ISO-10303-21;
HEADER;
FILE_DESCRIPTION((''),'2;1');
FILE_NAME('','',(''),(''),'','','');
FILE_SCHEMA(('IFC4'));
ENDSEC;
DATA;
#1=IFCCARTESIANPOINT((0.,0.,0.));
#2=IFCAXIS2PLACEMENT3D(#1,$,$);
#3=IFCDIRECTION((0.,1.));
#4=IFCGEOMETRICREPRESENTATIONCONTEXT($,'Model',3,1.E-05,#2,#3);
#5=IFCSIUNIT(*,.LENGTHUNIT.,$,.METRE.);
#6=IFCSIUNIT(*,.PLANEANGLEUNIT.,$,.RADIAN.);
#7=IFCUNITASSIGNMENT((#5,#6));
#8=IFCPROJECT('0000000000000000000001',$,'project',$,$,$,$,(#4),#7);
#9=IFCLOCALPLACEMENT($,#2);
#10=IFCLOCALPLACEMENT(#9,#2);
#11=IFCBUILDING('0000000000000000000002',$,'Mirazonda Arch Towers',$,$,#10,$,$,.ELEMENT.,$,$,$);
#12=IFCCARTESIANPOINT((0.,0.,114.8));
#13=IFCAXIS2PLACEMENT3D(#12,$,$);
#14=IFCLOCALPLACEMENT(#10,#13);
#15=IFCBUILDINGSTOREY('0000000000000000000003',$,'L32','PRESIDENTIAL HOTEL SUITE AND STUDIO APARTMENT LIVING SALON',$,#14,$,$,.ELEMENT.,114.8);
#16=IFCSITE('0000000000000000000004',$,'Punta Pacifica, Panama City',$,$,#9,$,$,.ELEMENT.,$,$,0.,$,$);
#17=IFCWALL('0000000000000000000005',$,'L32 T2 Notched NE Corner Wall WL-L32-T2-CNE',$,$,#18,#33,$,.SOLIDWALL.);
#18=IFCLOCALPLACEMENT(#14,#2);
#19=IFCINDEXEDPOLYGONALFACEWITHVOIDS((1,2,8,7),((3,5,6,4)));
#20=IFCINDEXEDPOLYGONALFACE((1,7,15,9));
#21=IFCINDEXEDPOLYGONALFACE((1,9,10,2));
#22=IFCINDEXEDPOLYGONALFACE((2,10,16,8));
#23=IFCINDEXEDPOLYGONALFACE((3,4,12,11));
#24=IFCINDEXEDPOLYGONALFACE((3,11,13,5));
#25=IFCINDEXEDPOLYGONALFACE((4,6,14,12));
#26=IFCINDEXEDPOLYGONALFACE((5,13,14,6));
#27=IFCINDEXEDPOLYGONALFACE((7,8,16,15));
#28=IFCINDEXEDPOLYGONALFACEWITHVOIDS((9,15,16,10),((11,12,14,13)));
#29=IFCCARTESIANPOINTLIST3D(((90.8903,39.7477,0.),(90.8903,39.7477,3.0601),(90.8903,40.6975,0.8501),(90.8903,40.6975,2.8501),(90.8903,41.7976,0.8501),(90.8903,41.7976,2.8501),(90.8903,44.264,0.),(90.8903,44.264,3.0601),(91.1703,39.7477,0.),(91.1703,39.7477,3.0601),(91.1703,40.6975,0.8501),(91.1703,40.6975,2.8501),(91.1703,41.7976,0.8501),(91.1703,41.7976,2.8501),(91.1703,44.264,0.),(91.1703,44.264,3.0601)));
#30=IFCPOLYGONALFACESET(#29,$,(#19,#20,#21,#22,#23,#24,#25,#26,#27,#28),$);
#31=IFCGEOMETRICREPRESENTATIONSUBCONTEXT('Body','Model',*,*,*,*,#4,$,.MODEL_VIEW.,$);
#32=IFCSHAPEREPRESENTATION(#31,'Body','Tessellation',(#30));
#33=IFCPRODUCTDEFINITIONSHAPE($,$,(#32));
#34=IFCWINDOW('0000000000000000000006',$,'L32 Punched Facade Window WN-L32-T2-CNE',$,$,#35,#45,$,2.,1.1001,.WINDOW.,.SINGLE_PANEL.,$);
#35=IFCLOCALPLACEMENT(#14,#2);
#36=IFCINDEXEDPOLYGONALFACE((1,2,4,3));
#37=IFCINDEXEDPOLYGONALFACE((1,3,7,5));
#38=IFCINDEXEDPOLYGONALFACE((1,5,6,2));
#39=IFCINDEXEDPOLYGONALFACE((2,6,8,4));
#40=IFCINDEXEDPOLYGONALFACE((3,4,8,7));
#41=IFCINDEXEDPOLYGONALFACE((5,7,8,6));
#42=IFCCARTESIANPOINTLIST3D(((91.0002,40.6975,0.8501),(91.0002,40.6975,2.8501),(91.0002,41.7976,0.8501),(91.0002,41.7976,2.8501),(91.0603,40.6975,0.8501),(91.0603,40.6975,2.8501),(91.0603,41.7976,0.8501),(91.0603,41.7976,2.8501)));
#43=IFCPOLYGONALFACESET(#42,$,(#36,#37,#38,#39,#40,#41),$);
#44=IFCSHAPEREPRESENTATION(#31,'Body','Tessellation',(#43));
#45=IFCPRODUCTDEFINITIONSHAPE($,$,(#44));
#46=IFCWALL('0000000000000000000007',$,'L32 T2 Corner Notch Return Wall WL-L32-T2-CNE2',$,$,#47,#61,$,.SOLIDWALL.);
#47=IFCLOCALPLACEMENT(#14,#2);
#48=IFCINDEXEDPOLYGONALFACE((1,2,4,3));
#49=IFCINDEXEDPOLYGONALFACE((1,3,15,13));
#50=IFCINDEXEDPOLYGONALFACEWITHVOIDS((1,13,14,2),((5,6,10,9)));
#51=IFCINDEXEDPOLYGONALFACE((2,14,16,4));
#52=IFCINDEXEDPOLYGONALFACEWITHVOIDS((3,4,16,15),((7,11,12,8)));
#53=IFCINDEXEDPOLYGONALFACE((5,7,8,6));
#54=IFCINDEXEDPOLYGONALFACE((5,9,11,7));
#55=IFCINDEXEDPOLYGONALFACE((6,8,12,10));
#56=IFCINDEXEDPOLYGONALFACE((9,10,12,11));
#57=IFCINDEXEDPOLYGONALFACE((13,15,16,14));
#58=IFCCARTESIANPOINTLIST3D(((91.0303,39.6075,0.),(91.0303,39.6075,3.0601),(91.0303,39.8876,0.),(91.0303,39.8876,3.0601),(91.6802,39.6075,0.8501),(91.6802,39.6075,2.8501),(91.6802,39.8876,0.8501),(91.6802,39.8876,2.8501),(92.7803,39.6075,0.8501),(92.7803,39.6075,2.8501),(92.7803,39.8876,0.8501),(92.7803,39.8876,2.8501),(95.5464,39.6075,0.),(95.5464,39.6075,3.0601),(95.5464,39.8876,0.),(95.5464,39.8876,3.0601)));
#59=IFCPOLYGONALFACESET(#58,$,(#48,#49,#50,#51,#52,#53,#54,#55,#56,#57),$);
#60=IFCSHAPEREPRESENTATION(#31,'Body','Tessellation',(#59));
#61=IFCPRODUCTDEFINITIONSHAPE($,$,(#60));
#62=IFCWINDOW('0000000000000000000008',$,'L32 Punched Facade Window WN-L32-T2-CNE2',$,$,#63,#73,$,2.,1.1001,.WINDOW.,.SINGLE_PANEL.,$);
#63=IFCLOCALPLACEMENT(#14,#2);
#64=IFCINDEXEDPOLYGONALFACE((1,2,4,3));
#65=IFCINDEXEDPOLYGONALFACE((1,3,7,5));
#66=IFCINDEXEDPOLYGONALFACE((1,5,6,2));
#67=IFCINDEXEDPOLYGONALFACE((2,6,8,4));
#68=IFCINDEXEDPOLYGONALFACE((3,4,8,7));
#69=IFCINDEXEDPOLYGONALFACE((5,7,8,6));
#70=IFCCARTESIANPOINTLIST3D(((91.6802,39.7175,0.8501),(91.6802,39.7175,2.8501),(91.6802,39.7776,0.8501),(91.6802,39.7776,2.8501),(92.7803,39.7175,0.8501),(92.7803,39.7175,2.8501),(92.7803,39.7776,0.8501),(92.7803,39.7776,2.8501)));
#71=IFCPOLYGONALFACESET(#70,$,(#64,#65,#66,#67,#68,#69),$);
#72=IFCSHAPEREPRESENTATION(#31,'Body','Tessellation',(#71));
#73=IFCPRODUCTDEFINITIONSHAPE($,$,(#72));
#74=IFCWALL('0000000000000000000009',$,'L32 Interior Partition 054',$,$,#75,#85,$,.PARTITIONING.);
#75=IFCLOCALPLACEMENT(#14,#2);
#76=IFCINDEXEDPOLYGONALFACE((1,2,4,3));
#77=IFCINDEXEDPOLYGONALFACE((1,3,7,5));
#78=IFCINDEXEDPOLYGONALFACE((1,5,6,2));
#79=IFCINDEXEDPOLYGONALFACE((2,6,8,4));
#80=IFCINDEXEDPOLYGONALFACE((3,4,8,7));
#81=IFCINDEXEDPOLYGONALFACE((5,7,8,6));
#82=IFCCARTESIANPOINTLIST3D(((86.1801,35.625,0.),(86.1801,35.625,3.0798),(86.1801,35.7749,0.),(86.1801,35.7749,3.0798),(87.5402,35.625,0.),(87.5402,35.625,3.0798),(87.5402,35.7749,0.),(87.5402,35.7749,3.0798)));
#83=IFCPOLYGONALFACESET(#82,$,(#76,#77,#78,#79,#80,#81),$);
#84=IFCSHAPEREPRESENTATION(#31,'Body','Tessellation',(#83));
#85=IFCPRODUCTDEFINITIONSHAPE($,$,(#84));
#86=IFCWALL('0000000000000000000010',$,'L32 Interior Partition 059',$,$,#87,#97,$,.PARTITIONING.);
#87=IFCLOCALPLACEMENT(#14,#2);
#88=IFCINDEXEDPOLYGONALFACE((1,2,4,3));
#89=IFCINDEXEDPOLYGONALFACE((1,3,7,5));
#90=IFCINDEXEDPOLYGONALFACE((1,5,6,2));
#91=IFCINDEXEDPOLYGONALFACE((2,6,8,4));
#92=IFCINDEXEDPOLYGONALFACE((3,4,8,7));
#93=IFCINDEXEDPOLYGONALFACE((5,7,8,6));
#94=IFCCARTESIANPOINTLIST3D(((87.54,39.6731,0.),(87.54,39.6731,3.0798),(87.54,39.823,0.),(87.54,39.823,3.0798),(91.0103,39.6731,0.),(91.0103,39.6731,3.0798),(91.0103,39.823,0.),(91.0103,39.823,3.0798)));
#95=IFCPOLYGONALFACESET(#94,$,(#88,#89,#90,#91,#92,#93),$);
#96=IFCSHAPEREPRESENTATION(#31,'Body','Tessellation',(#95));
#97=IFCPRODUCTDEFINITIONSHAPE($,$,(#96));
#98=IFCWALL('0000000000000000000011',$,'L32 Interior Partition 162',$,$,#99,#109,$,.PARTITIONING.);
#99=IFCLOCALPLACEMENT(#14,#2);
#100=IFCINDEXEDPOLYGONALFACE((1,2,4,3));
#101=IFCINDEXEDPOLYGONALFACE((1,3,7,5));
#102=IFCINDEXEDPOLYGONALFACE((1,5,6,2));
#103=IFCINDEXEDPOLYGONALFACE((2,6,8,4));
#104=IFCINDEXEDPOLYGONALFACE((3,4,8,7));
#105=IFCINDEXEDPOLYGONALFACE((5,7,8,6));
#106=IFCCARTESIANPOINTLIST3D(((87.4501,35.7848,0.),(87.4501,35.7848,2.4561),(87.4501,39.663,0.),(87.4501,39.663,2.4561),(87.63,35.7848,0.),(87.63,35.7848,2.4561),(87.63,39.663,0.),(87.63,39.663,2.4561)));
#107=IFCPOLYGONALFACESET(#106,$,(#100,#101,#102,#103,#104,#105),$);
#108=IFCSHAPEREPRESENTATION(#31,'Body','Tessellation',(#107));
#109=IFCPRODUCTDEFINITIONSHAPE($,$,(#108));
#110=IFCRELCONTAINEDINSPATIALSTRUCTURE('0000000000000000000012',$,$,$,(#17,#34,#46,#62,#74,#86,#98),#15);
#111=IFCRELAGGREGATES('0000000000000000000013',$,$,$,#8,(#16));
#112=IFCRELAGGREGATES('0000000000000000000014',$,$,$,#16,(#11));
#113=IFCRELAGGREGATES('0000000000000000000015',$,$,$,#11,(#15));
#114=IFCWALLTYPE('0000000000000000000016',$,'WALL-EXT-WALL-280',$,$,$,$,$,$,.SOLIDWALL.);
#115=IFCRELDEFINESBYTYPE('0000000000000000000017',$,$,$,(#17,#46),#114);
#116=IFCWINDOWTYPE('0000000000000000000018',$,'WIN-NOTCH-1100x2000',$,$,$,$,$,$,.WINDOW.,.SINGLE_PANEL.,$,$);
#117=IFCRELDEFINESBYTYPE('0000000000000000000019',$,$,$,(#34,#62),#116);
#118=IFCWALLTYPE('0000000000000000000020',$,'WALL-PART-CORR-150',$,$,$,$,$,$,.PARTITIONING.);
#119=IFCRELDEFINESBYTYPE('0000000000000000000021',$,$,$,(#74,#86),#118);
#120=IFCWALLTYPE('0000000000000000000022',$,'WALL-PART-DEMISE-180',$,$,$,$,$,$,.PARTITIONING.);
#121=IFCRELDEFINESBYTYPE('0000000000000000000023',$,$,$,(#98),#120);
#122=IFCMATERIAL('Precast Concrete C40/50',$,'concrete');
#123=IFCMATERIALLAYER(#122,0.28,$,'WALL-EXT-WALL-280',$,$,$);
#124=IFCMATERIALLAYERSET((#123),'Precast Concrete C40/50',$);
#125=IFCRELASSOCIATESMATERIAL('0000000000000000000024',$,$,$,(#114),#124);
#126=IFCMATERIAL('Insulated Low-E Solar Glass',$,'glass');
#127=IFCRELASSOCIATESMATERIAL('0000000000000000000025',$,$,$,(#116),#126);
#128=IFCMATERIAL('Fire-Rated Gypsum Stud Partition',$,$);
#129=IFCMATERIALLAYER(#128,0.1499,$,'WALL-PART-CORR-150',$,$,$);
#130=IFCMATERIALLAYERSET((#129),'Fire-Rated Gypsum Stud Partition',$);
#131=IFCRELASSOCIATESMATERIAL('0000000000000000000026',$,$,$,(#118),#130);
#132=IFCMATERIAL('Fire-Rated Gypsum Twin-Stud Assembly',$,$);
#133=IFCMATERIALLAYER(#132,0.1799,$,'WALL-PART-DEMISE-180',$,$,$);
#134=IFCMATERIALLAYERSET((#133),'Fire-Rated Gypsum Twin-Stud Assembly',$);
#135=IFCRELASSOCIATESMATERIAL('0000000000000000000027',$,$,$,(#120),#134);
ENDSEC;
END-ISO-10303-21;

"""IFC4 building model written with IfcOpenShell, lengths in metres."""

from ifc_helpers import new_model, si_unit, direction, frame, frame_2d, origin, place, context, subcontext, project, spatial, rectangle, extrude, material, layer, layer_set, type_object, element, fill, save


model = new_model("IFC4")

# Units and contexts
model_context = context("Model", 3, precision=1e-05, world=origin(), true_north=direction((0.0, 1.0)))
body_context = subcontext(model_context, "Body", "Model", "MODEL_VIEW")
ifc_project = project(units=[si_unit("LENGTHUNIT", "METRE"), si_unit("PLANEANGLEUNIT", "RADIAN")], contexts=[model_context])

# Site, building, storey
site_placement = place(None, origin())
site = spatial("IfcSite", under=ifc_project, at=site_placement, Name="Punta Pacifica, Panama City", CompositionType="ELEMENT", RefElevation=0.0)
building_placement = place(site_placement, origin())
building = spatial("IfcBuilding", under=site, at=building_placement, Name="Mirazonda Arch Towers", CompositionType="ELEMENT")
storey_placement = place(building_placement, frame((0.0, 0.0, 114.8)))
storey = spatial("IfcBuildingStorey", under=building, at=storey_placement, Name="L32", Description="PRESIDENTIAL HOTEL SUITE AND STUDIO APARTMENT LIVING SALON", CompositionType="ELEMENT", Elevation=114.8)

# Shared definitions
ifc_material_1 = material(Name="Insulated Low-E Solar Glass", Category="glass")

# Walls, openings, windows
ifc_material_2 = material(Name="Precast Concrete C40/50", Category="concrete")
ifc_layer_1 = layer(ifc_material_2, 0.28, Name="WALL-EXT-WALL-280")
ifc_layer_set_1 = layer_set([ifc_layer_1], Name="Precast Concrete C40/50")
wall_type_1 = type_object("IfcWallType", Name="WALL-EXT-WALL-280", PredefinedType="SOLIDWALL", material=ifc_layer_set_1)
wall_1_placement = place(storey_placement, frame((91.0303, 39.7476, 0.0), z_axis=(0.0, 0.0, 1.0), x_axis=(0.0, 1.0, 0.0)))
wall_1 = element("IfcWall", 1, at=wall_1_placement, inside=storey, type_object=wall_type_1, Name="L32 T2 Notched NE Corner Wall WL-L32-T2-CNE", PredefinedType="SOLIDWALL", context=body_context, shape_type="SweptSolid", body=[
    extrude(rectangle(XDim=4.5164, YDim=0.28, at=frame_2d((2.2583, 0.0))), origin(), (0.0, 0.0, 1.0), 3.0601),
])
opening_1_placement = place(wall_1_placement, frame((0.95, 0.0, 0.8501)))
opening_1 = element("IfcOpeningElement", 2, at=opening_1_placement, cuts=wall_1, PredefinedType="OPENING", context=body_context, shape_type="SweptSolid", body=[
    extrude(rectangle(XDim=1.1001, YDim=2.0, at=frame_2d((0.55, 1.0))), frame((0.0, 0.1499, 0.0), z_axis=(0.0, -1.0, 0.0), x_axis=(1.0, 0.0, 0.0)), (0.0, 0.0, 1.0), 0.3),
])
window_type = type_object("IfcWindowType", Name="WIN-NOTCH-1100x2000", PartitioningType="SINGLE_PANEL", PredefinedType="WINDOW", material=ifc_material_1)
window_1_placement = place(opening_1_placement, origin())
window_1 = element("IfcWindow", 3, at=window_1_placement, inside=storey, type_object=window_type, Name="L32 Punched Facade Window WN-L32-T2-CNE", OverallHeight=2.0, OverallWidth=1.1001, PartitioningType="SINGLE_PANEL", PredefinedType="WINDOW", context=body_context, shape_type="SweptSolid", body=[
    extrude(rectangle(XDim=1.1001, YDim=2.0, at=frame_2d((0.55, 1.0))), frame((0.0, 0.03, 0.0), z_axis=(0.0, -1.0, 0.0), x_axis=(1.0, 0.0, 0.0)), (0.0, 0.0, 1.0), 0.0601),
])
fill(opening_1, window_1)
wall_2_placement = place(storey_placement, frame((95.5464, 39.7476, 0.0), z_axis=(0.0, 0.0, 1.0), x_axis=(-1.0, 0.0, 0.0)))
wall_2 = element("IfcWall", 4, at=wall_2_placement, inside=storey, type_object=wall_type_1, Name="L32 T2 Corner Notch Return Wall WL-L32-T2-CNE2", PredefinedType="SOLIDWALL", context=body_context, shape_type="SweptSolid", body=[
    extrude(rectangle(XDim=4.5161, YDim=0.28, at=frame_2d((2.2581, 0.0))), origin(), (0.0, 0.0, 1.0), 3.0601),
])
opening_2_placement = place(wall_2_placement, frame((2.7661, 0.0, 0.8501)))
opening_2 = element("IfcOpeningElement", 5, at=opening_2_placement, cuts=wall_2, PredefinedType="OPENING", context=body_context, shape_type="SweptSolid", body=[
    extrude(rectangle(XDim=1.1001, YDim=2.0, at=frame_2d((0.55, 1.0))), frame((0.0, 0.1499, 0.0), z_axis=(0.0, -1.0, 0.0), x_axis=(1.0, 0.0, 0.0)), (0.0, 0.0, 1.0), 0.3),
])
window_2_placement = place(opening_2_placement, origin())
window_2 = element("IfcWindow", 6, at=window_2_placement, inside=storey, type_object=window_type, Name="L32 Punched Facade Window WN-L32-T2-CNE2", OverallHeight=2.0, OverallWidth=1.1001, PartitioningType="SINGLE_PANEL", PredefinedType="WINDOW", context=body_context, shape_type="SweptSolid", body=[
    extrude(rectangle(XDim=1.1001, YDim=2.0, at=frame_2d((0.55, 1.0))), frame((0.0, 0.03, 0.0), z_axis=(0.0, -1.0, 0.0), x_axis=(1.0, 0.0, 0.0)), (0.0, 0.0, 1.0), 0.0601),
])
fill(opening_2, window_2)

# Walls
ifc_material_3 = material(Name="Fire-Rated Gypsum Stud Partition")
ifc_layer_2 = layer(ifc_material_3, 0.1499, Name="WALL-PART-CORR-150")
ifc_layer_set_2 = layer_set([ifc_layer_2], Name="Fire-Rated Gypsum Stud Partition")
wall_type_2 = type_object("IfcWallType", Name="WALL-PART-CORR-150", PredefinedType="PARTITIONING", material=ifc_layer_set_2)
wall_3_placement = place(storey_placement, frame((86.1799, 35.7, 0.0), z_axis=(0.0, 0.0, 1.0), x_axis=(1.0, 0.0, 0.0)))
element("IfcWall", 7, at=wall_3_placement, inside=storey, type_object=wall_type_2, Name="L32 Interior Partition 054", PredefinedType="PARTITIONING", context=body_context, shape_type="SweptSolid", body=[
    extrude(rectangle(XDim=1.3601, YDim=0.1499, at=frame_2d((0.6802, 0.0))), origin(), (0.0, 0.0, 1.0), 3.0798),
])
wall_4_placement = place(storey_placement, frame((87.54, 39.748, 0.0), z_axis=(0.0, 0.0, 1.0), x_axis=(1.0, 0.0, 0.0)))
element("IfcWall", 8, at=wall_4_placement, inside=storey, type_object=wall_type_2, Name="L32 Interior Partition 059", PredefinedType="PARTITIONING", context=body_context, shape_type="SweptSolid", body=[
    extrude(rectangle(XDim=3.4702, YDim=0.1499, at=frame_2d((1.7351, 0.0))), origin(), (0.0, 0.0, 1.0), 3.0798),
])
ifc_material_4 = material(Name="Fire-Rated Gypsum Twin-Stud Assembly")
ifc_layer_3 = layer(ifc_material_4, 0.1799, Name="WALL-PART-DEMISE-180")
ifc_layer_set_3 = layer_set([ifc_layer_3], Name="Fire-Rated Gypsum Twin-Stud Assembly")
wall_type_3 = type_object("IfcWallType", Name="WALL-PART-DEMISE-180", PredefinedType="PARTITIONING", material=ifc_layer_set_3)
wall_5_placement = place(storey_placement, frame((87.54, 35.7849, 0.0), z_axis=(0.0, 0.0, 1.0), x_axis=(0.0, 1.0, 0.0)))
element("IfcWall", 9, at=wall_5_placement, inside=storey, type_object=wall_type_3, Name="L32 Interior Partition 162", PredefinedType="PARTITIONING", context=body_context, shape_type="SweptSolid", body=[
    extrude(rectangle(XDim=3.8782, YDim=0.1799, at=frame_2d((1.939, 0.0))), origin(), (0.0, 0.0, 1.0), 2.4561),
])

save(model, "model.ifc")
